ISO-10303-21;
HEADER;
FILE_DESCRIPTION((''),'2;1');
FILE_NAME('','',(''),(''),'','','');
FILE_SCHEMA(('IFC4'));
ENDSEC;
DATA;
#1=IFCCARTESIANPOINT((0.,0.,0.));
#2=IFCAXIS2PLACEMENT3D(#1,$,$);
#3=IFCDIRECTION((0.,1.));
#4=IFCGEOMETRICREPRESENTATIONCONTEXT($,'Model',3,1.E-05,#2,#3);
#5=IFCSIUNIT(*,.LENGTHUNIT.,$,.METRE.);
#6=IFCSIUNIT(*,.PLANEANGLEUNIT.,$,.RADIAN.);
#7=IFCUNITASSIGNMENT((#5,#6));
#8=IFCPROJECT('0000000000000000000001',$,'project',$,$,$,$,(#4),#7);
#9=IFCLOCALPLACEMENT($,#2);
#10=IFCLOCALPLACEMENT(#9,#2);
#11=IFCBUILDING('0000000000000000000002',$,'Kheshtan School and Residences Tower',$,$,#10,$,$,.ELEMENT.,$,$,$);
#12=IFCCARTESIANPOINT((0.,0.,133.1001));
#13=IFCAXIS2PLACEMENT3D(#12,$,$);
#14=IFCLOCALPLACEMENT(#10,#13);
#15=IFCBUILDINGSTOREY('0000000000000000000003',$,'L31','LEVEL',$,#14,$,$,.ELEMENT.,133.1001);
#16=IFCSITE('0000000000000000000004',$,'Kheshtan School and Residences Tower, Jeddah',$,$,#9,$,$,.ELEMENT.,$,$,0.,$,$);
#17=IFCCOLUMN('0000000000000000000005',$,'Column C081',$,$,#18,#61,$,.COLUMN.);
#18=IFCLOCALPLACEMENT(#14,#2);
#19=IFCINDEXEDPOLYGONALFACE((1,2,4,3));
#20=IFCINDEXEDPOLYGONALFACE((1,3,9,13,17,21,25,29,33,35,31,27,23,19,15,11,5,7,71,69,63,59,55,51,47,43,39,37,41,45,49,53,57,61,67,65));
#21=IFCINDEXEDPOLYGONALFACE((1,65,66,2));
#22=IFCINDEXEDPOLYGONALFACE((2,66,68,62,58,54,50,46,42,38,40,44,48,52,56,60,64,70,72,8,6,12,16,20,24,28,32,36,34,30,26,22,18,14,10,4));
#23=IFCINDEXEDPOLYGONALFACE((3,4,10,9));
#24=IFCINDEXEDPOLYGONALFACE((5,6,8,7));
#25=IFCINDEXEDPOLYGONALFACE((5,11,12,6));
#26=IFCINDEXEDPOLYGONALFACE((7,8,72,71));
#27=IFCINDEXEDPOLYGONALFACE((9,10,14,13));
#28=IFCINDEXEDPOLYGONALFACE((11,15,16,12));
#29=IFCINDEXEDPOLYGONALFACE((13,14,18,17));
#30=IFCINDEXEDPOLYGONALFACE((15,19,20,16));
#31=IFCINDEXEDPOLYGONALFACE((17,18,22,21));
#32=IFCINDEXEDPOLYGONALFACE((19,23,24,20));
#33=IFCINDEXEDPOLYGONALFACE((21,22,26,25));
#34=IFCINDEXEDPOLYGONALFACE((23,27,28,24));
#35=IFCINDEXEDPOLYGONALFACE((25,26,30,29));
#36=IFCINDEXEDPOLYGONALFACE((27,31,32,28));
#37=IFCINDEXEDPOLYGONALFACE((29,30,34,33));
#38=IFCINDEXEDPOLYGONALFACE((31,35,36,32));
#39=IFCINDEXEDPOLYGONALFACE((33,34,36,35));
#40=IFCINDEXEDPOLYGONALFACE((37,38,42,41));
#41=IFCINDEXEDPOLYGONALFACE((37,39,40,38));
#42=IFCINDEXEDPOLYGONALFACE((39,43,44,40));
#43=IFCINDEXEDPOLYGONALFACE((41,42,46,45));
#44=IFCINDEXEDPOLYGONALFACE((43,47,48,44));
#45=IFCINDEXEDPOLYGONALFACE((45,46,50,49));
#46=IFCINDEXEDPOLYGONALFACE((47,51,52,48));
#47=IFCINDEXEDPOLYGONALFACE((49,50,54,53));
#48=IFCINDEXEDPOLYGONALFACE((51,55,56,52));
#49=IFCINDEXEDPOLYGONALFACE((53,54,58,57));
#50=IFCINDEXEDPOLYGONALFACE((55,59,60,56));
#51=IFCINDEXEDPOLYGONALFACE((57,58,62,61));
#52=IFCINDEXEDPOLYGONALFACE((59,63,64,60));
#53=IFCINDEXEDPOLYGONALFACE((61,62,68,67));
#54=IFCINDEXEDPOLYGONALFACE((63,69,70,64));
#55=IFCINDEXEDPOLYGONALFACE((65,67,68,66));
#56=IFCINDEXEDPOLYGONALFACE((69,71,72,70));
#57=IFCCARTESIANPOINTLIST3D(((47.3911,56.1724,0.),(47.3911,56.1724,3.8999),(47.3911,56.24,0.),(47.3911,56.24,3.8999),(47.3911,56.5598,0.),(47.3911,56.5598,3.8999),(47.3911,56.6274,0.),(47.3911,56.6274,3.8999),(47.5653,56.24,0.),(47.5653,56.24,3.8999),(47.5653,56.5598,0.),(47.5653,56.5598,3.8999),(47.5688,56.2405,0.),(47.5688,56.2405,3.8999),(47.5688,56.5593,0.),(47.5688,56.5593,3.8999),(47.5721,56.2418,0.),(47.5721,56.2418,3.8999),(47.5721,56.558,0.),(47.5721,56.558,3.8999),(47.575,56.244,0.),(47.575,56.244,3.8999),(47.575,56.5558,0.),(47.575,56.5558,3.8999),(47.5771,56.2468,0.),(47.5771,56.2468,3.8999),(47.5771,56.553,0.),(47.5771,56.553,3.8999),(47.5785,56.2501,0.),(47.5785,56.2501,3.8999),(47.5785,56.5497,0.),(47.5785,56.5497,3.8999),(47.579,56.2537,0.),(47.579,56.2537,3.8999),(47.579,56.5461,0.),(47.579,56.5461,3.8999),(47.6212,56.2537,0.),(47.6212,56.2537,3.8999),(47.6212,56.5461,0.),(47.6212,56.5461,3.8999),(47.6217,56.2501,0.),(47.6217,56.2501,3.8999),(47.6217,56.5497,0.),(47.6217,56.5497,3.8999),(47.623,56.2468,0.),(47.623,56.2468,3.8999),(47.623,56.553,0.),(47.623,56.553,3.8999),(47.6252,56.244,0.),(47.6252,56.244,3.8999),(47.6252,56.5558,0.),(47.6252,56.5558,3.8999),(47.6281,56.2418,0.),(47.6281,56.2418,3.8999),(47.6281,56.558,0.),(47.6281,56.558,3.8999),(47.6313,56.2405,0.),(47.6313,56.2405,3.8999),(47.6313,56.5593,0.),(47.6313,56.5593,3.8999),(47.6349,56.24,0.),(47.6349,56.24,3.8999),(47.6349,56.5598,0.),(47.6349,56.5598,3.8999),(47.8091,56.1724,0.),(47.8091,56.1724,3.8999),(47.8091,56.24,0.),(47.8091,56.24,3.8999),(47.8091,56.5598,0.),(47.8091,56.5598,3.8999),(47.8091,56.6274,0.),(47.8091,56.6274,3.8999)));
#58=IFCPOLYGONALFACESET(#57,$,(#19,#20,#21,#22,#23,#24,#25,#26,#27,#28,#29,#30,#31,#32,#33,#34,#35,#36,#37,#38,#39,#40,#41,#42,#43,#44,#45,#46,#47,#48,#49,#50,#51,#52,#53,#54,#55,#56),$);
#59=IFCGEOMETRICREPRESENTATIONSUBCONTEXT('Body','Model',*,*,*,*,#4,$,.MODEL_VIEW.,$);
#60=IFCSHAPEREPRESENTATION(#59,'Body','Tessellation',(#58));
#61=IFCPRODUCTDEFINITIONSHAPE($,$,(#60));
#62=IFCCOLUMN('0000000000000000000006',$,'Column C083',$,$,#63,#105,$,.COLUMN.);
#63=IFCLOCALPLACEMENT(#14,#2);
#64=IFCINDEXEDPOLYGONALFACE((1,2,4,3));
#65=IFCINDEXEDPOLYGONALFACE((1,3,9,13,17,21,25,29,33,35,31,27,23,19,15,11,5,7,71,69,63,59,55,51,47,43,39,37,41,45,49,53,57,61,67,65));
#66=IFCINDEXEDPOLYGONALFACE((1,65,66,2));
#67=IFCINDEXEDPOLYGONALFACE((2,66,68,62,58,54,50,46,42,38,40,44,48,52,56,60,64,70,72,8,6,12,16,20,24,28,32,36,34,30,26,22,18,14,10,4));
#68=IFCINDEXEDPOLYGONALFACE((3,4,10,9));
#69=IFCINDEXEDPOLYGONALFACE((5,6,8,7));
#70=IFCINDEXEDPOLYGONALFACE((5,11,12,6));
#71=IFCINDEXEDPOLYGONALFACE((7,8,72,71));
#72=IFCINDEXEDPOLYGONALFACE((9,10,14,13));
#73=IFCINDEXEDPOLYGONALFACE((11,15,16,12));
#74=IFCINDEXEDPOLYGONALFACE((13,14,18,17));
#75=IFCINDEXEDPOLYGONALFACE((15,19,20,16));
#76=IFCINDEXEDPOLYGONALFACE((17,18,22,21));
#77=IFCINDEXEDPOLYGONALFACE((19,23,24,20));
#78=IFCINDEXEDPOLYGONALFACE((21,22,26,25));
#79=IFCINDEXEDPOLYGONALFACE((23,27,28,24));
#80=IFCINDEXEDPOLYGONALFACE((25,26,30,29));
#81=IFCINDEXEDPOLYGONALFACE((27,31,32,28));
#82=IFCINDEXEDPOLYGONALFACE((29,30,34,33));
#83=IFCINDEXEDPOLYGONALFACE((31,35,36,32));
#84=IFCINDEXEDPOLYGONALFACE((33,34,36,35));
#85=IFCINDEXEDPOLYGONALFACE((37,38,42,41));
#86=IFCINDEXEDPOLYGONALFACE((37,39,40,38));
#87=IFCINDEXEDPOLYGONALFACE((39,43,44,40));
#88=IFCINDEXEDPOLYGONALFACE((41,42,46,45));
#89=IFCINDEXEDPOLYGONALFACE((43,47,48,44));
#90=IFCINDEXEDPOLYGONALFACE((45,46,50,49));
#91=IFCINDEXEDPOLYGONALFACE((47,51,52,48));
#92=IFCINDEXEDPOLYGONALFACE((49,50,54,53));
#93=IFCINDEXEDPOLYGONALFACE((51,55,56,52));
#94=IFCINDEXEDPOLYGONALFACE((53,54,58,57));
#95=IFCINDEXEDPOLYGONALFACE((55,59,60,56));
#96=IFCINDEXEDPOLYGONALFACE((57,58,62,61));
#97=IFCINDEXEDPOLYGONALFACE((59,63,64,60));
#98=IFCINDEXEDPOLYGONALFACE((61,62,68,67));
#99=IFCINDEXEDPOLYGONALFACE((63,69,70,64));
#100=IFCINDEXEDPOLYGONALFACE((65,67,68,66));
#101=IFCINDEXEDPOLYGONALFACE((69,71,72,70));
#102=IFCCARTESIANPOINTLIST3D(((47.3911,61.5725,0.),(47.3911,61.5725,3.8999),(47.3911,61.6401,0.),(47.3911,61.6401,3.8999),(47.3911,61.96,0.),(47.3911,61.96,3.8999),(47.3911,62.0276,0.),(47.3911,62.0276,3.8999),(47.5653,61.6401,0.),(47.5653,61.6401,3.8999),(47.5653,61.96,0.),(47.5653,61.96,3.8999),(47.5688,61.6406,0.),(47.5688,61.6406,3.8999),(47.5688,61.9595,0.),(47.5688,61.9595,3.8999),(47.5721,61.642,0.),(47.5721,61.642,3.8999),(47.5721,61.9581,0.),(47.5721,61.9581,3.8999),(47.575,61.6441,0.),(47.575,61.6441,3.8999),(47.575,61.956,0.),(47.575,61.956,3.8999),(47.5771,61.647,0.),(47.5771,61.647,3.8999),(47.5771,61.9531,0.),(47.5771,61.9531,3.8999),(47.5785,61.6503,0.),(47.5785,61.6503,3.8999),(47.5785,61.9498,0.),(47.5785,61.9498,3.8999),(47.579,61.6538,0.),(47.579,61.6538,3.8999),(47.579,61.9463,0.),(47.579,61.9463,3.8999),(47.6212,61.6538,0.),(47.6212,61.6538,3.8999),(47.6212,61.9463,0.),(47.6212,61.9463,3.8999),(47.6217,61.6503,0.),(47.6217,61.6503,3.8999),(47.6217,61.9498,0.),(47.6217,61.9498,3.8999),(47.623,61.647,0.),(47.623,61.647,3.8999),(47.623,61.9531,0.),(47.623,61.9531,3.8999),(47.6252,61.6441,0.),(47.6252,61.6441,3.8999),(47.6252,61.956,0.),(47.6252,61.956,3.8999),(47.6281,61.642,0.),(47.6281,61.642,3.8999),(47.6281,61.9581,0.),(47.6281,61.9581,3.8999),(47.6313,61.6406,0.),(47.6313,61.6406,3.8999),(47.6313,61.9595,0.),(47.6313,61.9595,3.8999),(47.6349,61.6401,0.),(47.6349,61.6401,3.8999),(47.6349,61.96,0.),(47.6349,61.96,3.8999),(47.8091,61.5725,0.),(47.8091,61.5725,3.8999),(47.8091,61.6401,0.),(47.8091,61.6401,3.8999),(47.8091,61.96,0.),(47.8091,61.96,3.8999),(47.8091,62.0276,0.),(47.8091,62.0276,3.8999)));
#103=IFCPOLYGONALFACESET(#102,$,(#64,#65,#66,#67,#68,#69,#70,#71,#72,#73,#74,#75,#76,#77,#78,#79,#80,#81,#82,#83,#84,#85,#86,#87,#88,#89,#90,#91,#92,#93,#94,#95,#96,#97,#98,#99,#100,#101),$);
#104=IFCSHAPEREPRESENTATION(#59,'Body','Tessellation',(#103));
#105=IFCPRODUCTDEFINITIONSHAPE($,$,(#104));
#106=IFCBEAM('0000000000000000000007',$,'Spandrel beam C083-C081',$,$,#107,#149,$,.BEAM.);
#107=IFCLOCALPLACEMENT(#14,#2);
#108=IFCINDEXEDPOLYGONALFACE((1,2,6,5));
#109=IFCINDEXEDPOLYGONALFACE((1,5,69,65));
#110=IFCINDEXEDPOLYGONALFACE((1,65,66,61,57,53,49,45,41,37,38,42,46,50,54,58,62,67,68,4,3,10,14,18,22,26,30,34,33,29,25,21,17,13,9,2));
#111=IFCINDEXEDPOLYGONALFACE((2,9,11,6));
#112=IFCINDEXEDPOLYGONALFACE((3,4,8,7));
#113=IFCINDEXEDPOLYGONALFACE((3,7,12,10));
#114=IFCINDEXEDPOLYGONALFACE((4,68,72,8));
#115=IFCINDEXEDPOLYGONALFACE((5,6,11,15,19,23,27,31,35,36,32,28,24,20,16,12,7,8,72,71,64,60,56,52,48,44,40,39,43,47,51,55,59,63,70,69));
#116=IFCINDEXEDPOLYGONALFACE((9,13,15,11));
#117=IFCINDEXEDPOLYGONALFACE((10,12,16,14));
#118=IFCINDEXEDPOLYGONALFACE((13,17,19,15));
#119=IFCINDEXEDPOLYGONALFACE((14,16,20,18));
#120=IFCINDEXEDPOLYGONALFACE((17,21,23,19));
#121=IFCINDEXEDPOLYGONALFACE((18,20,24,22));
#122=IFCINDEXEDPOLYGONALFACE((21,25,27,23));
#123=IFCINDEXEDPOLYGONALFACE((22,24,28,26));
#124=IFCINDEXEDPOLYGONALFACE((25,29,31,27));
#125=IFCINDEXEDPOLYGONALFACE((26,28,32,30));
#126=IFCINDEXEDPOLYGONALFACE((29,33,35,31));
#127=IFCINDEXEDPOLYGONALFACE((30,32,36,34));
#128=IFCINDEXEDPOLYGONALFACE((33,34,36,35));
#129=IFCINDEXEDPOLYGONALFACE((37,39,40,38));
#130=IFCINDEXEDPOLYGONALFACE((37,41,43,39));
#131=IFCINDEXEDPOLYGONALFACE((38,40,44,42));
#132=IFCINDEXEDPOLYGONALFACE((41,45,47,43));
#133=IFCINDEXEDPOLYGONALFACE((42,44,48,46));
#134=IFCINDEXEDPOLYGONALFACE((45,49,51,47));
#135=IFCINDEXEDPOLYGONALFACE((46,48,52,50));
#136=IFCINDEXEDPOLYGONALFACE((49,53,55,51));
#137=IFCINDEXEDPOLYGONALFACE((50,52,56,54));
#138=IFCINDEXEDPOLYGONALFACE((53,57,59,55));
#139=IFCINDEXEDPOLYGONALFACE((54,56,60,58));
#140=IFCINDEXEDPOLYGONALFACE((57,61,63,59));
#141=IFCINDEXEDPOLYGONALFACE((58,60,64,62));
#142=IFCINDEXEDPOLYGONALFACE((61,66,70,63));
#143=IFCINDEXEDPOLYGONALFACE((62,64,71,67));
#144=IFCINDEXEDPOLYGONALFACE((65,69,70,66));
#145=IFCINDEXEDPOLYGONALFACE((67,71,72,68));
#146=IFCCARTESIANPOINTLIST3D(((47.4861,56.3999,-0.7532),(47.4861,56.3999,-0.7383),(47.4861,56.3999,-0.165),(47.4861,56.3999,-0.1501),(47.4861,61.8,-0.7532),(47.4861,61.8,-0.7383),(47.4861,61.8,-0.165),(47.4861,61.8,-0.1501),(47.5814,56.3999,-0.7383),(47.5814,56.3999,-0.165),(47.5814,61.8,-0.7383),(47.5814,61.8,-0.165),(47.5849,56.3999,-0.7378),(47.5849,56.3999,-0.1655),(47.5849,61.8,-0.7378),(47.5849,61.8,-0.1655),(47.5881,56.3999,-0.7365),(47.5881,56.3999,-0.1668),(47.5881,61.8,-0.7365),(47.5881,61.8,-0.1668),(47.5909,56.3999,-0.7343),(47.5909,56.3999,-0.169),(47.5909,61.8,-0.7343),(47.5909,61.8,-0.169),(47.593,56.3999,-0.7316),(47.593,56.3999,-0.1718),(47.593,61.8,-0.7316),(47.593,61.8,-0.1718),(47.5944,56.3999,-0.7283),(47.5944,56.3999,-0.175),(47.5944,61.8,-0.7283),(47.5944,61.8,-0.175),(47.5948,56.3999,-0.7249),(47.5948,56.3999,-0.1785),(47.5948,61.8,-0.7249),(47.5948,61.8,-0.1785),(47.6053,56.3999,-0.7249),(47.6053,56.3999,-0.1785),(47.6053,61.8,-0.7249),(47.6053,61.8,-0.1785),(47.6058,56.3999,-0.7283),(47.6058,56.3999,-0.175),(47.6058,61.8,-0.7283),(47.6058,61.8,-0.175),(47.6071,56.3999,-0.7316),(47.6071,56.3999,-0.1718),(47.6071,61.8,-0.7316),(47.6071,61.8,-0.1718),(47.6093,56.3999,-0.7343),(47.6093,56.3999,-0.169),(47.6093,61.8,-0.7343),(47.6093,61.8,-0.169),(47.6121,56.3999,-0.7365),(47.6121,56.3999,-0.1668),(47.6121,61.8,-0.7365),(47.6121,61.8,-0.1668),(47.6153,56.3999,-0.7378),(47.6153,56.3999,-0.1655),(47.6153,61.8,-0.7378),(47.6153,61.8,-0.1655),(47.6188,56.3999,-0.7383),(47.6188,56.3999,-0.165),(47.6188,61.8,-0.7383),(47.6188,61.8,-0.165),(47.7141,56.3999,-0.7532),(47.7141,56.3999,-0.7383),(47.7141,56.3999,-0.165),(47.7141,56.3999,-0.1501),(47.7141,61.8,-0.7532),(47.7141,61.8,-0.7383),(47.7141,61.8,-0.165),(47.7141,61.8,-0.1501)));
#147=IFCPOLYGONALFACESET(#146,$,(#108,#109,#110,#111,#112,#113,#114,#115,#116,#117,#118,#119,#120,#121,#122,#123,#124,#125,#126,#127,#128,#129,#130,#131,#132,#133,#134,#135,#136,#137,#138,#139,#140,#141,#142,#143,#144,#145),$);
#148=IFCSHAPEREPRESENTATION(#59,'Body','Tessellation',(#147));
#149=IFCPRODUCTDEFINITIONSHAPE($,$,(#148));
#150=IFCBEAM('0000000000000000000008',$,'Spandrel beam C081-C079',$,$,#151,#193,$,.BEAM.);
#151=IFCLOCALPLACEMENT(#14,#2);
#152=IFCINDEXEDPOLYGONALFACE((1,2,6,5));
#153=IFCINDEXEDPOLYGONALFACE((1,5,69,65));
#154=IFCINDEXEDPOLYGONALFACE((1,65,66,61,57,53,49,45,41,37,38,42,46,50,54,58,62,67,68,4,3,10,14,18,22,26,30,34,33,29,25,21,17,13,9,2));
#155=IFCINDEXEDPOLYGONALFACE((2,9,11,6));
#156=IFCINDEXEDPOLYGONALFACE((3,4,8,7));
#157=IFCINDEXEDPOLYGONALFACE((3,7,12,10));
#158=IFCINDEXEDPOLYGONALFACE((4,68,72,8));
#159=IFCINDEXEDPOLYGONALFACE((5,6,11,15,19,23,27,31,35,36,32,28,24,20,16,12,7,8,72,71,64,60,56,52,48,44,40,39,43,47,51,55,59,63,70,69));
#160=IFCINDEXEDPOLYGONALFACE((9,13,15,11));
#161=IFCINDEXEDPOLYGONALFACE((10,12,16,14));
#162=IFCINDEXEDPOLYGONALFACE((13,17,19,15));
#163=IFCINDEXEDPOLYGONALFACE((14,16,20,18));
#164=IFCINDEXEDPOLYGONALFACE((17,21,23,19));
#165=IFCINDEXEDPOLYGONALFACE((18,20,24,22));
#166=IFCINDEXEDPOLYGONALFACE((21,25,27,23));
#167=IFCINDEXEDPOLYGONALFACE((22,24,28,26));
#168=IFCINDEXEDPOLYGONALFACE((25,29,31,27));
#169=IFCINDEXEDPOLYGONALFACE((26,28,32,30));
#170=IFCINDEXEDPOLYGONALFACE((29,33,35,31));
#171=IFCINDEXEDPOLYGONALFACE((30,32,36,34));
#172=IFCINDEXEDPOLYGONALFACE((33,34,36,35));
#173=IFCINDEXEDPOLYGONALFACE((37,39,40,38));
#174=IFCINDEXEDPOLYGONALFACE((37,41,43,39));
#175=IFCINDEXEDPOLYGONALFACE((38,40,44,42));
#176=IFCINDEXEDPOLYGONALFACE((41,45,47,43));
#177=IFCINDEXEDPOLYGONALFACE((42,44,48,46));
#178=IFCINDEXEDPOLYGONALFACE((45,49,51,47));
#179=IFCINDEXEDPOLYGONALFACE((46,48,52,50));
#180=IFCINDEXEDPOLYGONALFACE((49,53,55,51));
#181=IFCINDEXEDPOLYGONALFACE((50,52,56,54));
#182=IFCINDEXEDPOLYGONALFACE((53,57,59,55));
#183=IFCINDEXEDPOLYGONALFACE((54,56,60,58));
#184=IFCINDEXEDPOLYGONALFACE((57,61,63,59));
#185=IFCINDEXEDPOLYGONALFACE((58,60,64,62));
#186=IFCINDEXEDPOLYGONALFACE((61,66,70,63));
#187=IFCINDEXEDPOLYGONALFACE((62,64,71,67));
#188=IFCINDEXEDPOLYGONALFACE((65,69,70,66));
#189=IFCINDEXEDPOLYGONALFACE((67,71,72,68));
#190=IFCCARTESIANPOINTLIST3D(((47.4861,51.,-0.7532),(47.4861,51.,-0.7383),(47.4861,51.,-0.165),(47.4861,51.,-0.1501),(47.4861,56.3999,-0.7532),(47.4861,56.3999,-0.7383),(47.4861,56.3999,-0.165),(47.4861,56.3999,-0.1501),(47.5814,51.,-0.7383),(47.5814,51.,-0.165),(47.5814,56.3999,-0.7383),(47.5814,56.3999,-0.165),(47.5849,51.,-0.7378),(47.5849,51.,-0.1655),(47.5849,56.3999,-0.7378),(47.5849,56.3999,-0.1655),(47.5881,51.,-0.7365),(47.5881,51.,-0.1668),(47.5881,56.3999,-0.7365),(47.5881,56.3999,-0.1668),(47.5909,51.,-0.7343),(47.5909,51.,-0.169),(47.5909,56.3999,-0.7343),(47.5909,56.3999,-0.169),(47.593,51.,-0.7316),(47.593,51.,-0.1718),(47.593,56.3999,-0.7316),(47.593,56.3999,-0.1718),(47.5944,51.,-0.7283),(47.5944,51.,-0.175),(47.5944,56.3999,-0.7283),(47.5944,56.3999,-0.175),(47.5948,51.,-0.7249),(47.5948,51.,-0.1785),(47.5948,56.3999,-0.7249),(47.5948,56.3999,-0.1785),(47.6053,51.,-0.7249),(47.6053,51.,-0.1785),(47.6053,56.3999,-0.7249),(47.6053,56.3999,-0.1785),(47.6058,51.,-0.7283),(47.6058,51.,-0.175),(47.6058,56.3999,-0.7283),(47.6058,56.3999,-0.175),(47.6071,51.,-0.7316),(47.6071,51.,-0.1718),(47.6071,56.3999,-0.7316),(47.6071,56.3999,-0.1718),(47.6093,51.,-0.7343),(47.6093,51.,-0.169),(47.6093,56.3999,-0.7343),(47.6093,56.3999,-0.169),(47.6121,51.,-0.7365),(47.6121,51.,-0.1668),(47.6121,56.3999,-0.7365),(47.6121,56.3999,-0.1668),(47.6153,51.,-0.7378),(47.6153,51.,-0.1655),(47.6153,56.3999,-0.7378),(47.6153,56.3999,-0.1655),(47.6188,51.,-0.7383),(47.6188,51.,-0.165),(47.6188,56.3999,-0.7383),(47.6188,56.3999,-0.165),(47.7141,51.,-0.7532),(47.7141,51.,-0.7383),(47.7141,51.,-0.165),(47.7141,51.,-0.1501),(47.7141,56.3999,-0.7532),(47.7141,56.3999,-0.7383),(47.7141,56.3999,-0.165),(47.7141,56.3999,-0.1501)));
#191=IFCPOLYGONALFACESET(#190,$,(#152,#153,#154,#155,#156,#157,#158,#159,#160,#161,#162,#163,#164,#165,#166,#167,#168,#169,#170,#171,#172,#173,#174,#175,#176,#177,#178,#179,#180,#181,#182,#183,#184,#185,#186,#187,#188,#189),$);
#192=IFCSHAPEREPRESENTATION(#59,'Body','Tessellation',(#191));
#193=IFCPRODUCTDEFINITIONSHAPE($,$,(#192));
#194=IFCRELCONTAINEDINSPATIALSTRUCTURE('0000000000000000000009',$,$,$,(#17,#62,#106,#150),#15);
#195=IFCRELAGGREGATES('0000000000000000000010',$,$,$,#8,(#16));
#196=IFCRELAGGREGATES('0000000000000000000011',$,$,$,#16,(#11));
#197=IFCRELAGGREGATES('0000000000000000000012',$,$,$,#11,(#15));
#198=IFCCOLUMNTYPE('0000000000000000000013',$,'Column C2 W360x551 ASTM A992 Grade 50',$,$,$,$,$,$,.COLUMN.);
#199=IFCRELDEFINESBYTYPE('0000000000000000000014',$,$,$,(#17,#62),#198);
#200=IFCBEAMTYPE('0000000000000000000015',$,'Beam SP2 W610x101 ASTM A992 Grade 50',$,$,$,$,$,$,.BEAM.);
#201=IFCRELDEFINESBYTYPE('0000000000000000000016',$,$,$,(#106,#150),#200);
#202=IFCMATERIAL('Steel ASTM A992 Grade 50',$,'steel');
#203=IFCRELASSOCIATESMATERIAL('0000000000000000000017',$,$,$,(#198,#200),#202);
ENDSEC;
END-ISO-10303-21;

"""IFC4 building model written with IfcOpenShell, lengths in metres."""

from ifc_helpers import new_model, si_unit, direction, frame, origin, origin_2d, place, context, subcontext, project, spatial, i_section, extrude, material, material_profile, profile_set, type_object, element, save


model = new_model("IFC4")

# Units and contexts
model_context = context("Model", 3, precision=1e-05, world=origin(), true_north=direction((0.0, 1.0)))
body_context = subcontext(model_context, "Body", "Model", "MODEL_VIEW")
ifc_project = project(units=[si_unit("LENGTHUNIT", "METRE"), si_unit("PLANEANGLEUNIT", "RADIAN")], contexts=[model_context])

# Site, building, storey
site_placement = place(None, origin())
site = spatial("IfcSite", under=ifc_project, at=site_placement, Name="Kheshtan School and Residences Tower, Jeddah", CompositionType="ELEMENT", RefElevation=0.0)
building_placement = place(site_placement, origin())
building = spatial("IfcBuilding", under=site, at=building_placement, Name="Kheshtan School and Residences Tower", CompositionType="ELEMENT")
storey_placement = place(building_placement, frame((0.0, 0.0, 133.1001)))
storey = spatial("IfcBuildingStorey", under=building, at=storey_placement, Name="L31", Description="LEVEL", CompositionType="ELEMENT", Elevation=133.1001)

# Columns
ifc_material_1 = material(Name="Steel ASTM A992 Grade 50", Category="steel")
ifc_material_profile_1 = material_profile(ifc_material_1, i_section(OverallWidth=0.418, OverallDepth=0.4551, WebThickness=0.0422, FlangeThickness=0.0676, FilletRadius=0.0137, at=origin_2d()), Name="W360x551")
ifc_profile_set_1 = profile_set([ifc_material_profile_1], Name="Steel ASTM A992 Grade 50")
column_type = type_object("IfcColumnType", Name="Column C2 W360x551 ASTM A992 Grade 50", PredefinedType="COLUMN", material=ifc_profile_set_1)
for number, where, z_axis, x_axis, name in (
    (1, (47.6001, 56.3999, 0.0), (0.0, 0.0, 1.0), (1.0, 0.0, 0.0), "Column C081"),
    (2, (47.6001, 61.8, 0.0), (0.0, 0.0, 1.0), (1.0, 0.0, 0.0), "Column C083"),
):
    element("IfcColumn", number, at=place(storey_placement, frame(where, z_axis=z_axis, x_axis=x_axis)), inside=storey, type_object=column_type, Name=name, PredefinedType="COLUMN", context=body_context, shape_type="SweptSolid", body=[
        extrude(i_section(OverallWidth=0.418, OverallDepth=0.4551, WebThickness=0.0422, FlangeThickness=0.0676, FilletRadius=0.0137, at=origin_2d()), origin(), (0.0, 0.0, 1.0), 3.8999),
    ])

# Beams
ifc_material_profile_2 = material_profile(ifc_material_1, i_section(OverallWidth=0.228, OverallDepth=0.603, WebThickness=0.0105, FlangeThickness=0.0149, FilletRadius=0.0134, at=origin_2d()), Name="W610x101")
ifc_profile_set_2 = profile_set([ifc_material_profile_2], Name="Steel ASTM A992 Grade 50")
beam_type = type_object("IfcBeamType", Name="Beam SP2 W610x101 ASTM A992 Grade 50", PredefinedType="BEAM", material=ifc_profile_set_2)
beam_1_placement = place(storey_placement, frame((47.6001, 61.8, -0.4517), z_axis=(0.0, -1.0, 0.0), x_axis=(1.0, 0.0, 0.0)))
element("IfcBeam", 3, at=beam_1_placement, inside=storey, type_object=beam_type, Name="Spandrel beam C083-C081", PredefinedType="BEAM", context=body_context, shape_type="SweptSolid", body=[
    extrude(i_section(OverallWidth=0.228, OverallDepth=0.603, WebThickness=0.0105, FlangeThickness=0.0149, FilletRadius=0.0134, at=origin_2d()), origin(), (0.0, 0.0, 1.0), 5.4001),
])
beam_2_placement = place(storey_placement, frame((47.6001, 56.3999, -0.4517), z_axis=(0.0, -1.0, 0.0), x_axis=(1.0, 0.0, 0.0)))
element("IfcBeam", 4, at=beam_2_placement, inside=storey, type_object=beam_type, Name="Spandrel beam C081-C079", PredefinedType="BEAM", context=body_context, shape_type="SweptSolid", body=[
    extrude(i_section(OverallWidth=0.228, OverallDepth=0.603, WebThickness=0.0105, FlangeThickness=0.0149, FilletRadius=0.0134, at=origin_2d()), origin(), (0.0, 0.0, 1.0), 5.3999),
])

save(model, "model.ifc")
